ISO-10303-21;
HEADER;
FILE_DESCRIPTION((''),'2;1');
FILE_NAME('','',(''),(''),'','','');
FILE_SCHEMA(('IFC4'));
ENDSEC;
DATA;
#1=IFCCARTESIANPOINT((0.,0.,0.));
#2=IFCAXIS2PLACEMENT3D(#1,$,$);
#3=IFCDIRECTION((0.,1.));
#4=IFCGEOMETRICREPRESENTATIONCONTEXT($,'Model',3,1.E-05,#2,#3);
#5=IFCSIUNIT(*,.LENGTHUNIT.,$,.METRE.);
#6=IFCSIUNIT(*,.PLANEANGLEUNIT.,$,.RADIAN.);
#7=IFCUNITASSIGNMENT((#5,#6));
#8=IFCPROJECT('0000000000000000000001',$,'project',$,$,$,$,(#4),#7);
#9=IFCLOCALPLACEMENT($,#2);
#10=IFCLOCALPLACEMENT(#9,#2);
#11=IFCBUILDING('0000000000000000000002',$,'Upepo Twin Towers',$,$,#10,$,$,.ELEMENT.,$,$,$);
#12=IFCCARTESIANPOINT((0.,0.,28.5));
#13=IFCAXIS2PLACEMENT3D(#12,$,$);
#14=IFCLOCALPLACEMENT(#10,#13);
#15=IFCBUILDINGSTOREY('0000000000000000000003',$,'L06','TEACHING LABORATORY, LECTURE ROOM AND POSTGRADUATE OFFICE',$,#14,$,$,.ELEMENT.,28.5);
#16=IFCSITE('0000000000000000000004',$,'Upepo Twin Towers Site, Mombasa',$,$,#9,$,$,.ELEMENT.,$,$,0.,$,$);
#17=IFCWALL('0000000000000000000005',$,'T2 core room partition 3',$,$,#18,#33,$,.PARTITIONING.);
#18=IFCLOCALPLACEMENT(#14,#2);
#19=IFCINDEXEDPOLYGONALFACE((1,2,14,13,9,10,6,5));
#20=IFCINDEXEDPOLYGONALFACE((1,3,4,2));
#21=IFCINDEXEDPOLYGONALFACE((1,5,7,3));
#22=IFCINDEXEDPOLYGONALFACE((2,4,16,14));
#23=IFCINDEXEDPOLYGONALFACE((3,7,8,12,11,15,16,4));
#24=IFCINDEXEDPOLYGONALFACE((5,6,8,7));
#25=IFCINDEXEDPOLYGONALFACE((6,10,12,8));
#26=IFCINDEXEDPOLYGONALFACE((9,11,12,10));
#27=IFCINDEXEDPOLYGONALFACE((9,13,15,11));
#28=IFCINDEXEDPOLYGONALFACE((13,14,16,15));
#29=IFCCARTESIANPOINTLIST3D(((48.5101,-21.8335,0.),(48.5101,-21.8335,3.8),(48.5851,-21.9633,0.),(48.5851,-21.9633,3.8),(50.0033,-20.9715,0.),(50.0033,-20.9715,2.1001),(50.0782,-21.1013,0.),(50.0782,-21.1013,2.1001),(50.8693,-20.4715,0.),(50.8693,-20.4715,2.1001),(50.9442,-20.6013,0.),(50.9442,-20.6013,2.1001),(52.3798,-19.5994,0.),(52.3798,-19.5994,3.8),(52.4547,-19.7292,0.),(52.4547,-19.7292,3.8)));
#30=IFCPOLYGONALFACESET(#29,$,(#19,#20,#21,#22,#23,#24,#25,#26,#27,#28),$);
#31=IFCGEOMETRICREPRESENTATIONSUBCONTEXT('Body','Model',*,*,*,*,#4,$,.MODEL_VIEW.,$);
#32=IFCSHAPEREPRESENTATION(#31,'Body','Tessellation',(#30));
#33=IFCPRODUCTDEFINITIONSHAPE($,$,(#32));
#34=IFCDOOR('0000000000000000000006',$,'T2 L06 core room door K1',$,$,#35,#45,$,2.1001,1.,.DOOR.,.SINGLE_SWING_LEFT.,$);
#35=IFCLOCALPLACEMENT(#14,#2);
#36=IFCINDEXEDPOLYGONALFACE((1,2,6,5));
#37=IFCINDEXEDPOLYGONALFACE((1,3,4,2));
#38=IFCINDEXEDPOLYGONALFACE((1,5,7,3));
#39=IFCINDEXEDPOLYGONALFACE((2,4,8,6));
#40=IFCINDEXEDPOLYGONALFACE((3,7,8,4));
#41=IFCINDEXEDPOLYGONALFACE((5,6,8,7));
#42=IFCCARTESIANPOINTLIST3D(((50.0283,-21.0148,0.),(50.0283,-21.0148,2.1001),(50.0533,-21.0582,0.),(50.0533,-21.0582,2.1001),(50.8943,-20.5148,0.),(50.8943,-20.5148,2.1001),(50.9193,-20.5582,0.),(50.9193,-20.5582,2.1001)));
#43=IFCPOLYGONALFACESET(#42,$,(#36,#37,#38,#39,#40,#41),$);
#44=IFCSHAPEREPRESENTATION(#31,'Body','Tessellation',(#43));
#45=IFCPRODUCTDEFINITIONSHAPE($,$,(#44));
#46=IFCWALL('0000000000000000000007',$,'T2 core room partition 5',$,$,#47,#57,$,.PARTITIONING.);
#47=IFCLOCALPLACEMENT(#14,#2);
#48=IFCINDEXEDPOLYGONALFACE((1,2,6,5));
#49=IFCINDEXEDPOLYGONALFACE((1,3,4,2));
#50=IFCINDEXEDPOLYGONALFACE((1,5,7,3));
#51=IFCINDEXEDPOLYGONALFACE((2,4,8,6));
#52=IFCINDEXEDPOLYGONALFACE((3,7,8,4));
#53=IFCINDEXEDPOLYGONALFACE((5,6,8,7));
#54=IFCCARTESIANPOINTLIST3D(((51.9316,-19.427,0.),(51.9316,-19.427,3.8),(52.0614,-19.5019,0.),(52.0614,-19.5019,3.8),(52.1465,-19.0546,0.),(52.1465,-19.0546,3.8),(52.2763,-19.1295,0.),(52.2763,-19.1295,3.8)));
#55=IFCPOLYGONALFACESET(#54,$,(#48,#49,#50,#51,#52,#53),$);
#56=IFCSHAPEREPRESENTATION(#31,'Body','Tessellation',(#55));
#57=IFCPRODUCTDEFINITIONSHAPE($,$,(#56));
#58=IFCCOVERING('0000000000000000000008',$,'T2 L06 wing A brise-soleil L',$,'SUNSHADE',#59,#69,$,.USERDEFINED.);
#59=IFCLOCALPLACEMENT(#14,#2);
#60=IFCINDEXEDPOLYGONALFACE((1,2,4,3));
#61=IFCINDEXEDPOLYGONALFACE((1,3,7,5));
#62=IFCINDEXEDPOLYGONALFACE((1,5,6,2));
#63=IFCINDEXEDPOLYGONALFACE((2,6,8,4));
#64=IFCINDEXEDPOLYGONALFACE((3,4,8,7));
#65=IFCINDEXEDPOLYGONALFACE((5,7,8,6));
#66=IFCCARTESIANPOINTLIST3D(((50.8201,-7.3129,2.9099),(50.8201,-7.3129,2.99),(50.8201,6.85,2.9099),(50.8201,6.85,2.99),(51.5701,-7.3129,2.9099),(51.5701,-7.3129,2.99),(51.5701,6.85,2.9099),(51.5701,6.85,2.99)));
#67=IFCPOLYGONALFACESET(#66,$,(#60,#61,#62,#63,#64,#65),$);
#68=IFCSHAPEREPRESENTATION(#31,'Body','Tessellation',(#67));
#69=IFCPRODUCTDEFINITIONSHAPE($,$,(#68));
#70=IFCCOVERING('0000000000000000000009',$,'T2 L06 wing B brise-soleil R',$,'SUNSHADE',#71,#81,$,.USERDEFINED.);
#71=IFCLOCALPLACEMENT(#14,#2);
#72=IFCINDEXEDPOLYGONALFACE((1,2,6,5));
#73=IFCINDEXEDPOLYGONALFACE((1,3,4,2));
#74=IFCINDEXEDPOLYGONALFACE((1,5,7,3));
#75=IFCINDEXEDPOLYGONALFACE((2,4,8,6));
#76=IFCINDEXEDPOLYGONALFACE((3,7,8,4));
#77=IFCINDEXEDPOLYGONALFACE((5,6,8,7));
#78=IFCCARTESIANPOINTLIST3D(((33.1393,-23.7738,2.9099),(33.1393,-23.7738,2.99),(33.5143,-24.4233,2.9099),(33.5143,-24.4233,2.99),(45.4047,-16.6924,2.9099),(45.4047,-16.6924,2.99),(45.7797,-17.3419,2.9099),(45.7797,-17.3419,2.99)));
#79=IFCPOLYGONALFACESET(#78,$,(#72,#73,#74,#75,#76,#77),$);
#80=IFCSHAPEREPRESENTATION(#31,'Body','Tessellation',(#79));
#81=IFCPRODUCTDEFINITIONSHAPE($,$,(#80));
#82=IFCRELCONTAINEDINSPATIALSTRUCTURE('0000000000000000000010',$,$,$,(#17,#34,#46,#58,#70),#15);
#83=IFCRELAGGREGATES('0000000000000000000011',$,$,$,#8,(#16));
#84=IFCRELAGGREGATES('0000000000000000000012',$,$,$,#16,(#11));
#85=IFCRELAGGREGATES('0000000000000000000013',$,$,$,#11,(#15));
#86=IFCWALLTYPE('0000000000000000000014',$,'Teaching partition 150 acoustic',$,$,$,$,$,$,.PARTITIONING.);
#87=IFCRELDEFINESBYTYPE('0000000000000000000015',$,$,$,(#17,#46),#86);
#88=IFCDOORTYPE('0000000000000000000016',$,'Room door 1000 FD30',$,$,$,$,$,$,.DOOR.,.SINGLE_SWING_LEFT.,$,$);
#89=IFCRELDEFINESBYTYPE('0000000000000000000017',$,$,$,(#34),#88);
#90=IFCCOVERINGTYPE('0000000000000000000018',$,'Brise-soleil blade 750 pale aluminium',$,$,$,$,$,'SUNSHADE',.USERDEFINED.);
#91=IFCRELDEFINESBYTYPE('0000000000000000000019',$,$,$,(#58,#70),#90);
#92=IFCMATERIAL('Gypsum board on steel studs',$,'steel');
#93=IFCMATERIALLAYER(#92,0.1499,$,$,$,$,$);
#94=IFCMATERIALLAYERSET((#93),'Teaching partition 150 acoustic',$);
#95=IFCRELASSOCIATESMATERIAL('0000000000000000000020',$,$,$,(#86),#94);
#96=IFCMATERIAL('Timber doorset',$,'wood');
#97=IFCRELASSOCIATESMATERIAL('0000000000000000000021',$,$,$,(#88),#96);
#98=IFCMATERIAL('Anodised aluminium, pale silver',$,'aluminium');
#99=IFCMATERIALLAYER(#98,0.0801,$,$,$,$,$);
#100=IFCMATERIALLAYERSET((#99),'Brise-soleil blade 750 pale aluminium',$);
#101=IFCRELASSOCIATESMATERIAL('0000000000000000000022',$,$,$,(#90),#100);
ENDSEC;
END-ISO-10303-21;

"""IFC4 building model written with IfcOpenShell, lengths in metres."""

from ifc_helpers import new_model, si_unit, direction, frame, frame_2d, origin, origin_2d, place, context, subcontext, project, spatial, rectangle, extrude, material, layer, layer_set, type_object, element, fill, save


model = new_model("IFC4")

# Units and contexts
model_context = context("Model", 3, precision=1e-05, world=origin(), true_north=direction((0.0, 1.0)))
body_context = subcontext(model_context, "Body", "Model", "MODEL_VIEW")
ifc_project = project(units=[si_unit("LENGTHUNIT", "METRE"), si_unit("PLANEANGLEUNIT", "RADIAN")], contexts=[model_context])

# Site, building, storey
site_placement = place(None, origin())
site = spatial("IfcSite", under=ifc_project, at=site_placement, Name="Upepo Twin Towers Site, Mombasa", CompositionType="ELEMENT", RefElevation=0.0)
building_placement = place(site_placement, origin())
building = spatial("IfcBuilding", under=site, at=building_placement, Name="Upepo Twin Towers", CompositionType="ELEMENT")
storey_placement = place(building_placement, frame((0.0, 0.0, 28.5)))
storey = spatial("IfcBuildingStorey", under=building, at=storey_placement, Name="L06", Description="TEACHING LABORATORY, LECTURE ROOM AND POSTGRADUATE OFFICE", CompositionType="ELEMENT", Elevation=28.5)

# Wall, opening, door
ifc_material_1 = material(Name="Gypsum board on steel studs", Category="steel")
ifc_layer_1 = layer(ifc_material_1, 0.1499)
ifc_layer_set_1 = layer_set([ifc_layer_1], Name="Teaching partition 150 acoustic")
wall_type_1 = type_object("IfcWallType", Name="Teaching partition 150 acoustic", PredefinedType="PARTITIONING", material=ifc_layer_set_1)
wall_1_placement = place(storey_placement, frame((48.5476, -21.8984, 0.0), z_axis=(0.0, 0.0, 1.0), x_axis=(0.866025, 0.5, 0.0)))
wall_1 = element("IfcWall", 1, at=wall_1_placement, inside=storey, type_object=wall_type_1, Name="T2 core room partition 3", PredefinedType="PARTITIONING", context=body_context, shape_type="SweptSolid", body=[
    extrude(rectangle(XDim=4.4683, YDim=0.1499, at=frame_2d((2.2341, 0.0))), origin(), (0.0, 0.0, 1.0), 3.8),
])
opening_placement = place(wall_1_placement, frame((1.7241, 0.0, 0.0)))
opening = element("IfcOpeningElement", 2, at=opening_placement, cuts=wall_1, PredefinedType="OPENING", context=body_context, shape_type="SweptSolid", body=[
    extrude(rectangle(XDim=1.0, YDim=2.1001, at=frame_2d((0.5, 1.05))), frame((0.0, 0.085, 0.0), z_axis=(0.0, -1.0, 0.0), x_axis=(1.0, 0.0, 0.0)), (0.0, 0.0, 1.0), 0.1699),
])
ifc_material_2 = material(Name="Timber doorset", Category="wood")
door_type = type_object("IfcDoorType", Name="Room door 1000 FD30", OperationType="SINGLE_SWING_LEFT", PredefinedType="DOOR", material=ifc_material_2)
door_placement = place(opening_placement, origin())
door = element("IfcDoor", 3, at=door_placement, inside=storey, type_object=door_type, Name="T2 L06 core room door K1", OperationType="SINGLE_SWING_LEFT", OverallHeight=2.1001, OverallWidth=1.0, PredefinedType="DOOR", context=body_context, shape_type="SweptSolid", body=[
    extrude(rectangle(XDim=1.0, YDim=2.1001, at=frame_2d((0.5, 1.05))), frame((0.0, 0.0249, 0.0), z_axis=(0.0, -1.0, 0.0), x_axis=(1.0, 0.0, 0.0)), (0.0, 0.0, 1.0), 0.05),
])
fill(opening, door)

# Wall
wall_2_placement = place(storey_placement, frame((51.9966, -19.4644, 0.0), z_axis=(0.0, 0.0, 1.0), x_axis=(0.499804, 0.866138, 0.0)))
element("IfcWall", 4, at=wall_2_placement, inside=storey, type_object=wall_type_1, Name="T2 core room partition 5", PredefinedType="PARTITIONING", context=body_context, shape_type="SweptSolid", body=[
    extrude(rectangle(XDim=0.4299, YDim=0.1499, at=frame_2d((0.2148, 0.0))), origin(), (0.0, 0.0, 1.0), 3.8),
])

# Coverings
ifc_material_3 = material(Name="Anodised aluminium, pale silver", Category="aluminium")
ifc_layer_2 = layer(ifc_material_3, 0.0801)
ifc_layer_set_2 = layer_set([ifc_layer_2], Name="Brise-soleil blade 750 pale aluminium")
covering_type = type_object("IfcCoveringType", Name="Brise-soleil blade 750 pale aluminium", ElementType="SUNSHADE", PredefinedType="USERDEFINED", material=ifc_layer_set_2)
for number, where, z_axis, x_axis, name in (
    (5, (51.1951, -0.2314, 2.9099), (0.0, 0.0, 1.0), (0.0, 1.0, 0.0), "T2 L06 wing A brise-soleil L"),
    (6, (39.4595, -20.5579, 2.9099), (0.0, 0.0, 1.0), (-0.866025, -0.5, 0.0), "T2 L06 wing B brise-soleil R"),
):
    element("IfcCovering", number, at=place(storey_placement, frame(where, z_axis=z_axis, x_axis=x_axis)), inside=storey, type_object=covering_type, Name=name, ObjectType="SUNSHADE", PredefinedType="USERDEFINED", context=body_context, shape_type="SweptSolid", body=[
        extrude(rectangle(XDim=14.1628, YDim=0.75, at=origin_2d()), origin(), (0.0, 0.0, 1.0), 0.0801),
    ])

save(model, "model.ifc")
